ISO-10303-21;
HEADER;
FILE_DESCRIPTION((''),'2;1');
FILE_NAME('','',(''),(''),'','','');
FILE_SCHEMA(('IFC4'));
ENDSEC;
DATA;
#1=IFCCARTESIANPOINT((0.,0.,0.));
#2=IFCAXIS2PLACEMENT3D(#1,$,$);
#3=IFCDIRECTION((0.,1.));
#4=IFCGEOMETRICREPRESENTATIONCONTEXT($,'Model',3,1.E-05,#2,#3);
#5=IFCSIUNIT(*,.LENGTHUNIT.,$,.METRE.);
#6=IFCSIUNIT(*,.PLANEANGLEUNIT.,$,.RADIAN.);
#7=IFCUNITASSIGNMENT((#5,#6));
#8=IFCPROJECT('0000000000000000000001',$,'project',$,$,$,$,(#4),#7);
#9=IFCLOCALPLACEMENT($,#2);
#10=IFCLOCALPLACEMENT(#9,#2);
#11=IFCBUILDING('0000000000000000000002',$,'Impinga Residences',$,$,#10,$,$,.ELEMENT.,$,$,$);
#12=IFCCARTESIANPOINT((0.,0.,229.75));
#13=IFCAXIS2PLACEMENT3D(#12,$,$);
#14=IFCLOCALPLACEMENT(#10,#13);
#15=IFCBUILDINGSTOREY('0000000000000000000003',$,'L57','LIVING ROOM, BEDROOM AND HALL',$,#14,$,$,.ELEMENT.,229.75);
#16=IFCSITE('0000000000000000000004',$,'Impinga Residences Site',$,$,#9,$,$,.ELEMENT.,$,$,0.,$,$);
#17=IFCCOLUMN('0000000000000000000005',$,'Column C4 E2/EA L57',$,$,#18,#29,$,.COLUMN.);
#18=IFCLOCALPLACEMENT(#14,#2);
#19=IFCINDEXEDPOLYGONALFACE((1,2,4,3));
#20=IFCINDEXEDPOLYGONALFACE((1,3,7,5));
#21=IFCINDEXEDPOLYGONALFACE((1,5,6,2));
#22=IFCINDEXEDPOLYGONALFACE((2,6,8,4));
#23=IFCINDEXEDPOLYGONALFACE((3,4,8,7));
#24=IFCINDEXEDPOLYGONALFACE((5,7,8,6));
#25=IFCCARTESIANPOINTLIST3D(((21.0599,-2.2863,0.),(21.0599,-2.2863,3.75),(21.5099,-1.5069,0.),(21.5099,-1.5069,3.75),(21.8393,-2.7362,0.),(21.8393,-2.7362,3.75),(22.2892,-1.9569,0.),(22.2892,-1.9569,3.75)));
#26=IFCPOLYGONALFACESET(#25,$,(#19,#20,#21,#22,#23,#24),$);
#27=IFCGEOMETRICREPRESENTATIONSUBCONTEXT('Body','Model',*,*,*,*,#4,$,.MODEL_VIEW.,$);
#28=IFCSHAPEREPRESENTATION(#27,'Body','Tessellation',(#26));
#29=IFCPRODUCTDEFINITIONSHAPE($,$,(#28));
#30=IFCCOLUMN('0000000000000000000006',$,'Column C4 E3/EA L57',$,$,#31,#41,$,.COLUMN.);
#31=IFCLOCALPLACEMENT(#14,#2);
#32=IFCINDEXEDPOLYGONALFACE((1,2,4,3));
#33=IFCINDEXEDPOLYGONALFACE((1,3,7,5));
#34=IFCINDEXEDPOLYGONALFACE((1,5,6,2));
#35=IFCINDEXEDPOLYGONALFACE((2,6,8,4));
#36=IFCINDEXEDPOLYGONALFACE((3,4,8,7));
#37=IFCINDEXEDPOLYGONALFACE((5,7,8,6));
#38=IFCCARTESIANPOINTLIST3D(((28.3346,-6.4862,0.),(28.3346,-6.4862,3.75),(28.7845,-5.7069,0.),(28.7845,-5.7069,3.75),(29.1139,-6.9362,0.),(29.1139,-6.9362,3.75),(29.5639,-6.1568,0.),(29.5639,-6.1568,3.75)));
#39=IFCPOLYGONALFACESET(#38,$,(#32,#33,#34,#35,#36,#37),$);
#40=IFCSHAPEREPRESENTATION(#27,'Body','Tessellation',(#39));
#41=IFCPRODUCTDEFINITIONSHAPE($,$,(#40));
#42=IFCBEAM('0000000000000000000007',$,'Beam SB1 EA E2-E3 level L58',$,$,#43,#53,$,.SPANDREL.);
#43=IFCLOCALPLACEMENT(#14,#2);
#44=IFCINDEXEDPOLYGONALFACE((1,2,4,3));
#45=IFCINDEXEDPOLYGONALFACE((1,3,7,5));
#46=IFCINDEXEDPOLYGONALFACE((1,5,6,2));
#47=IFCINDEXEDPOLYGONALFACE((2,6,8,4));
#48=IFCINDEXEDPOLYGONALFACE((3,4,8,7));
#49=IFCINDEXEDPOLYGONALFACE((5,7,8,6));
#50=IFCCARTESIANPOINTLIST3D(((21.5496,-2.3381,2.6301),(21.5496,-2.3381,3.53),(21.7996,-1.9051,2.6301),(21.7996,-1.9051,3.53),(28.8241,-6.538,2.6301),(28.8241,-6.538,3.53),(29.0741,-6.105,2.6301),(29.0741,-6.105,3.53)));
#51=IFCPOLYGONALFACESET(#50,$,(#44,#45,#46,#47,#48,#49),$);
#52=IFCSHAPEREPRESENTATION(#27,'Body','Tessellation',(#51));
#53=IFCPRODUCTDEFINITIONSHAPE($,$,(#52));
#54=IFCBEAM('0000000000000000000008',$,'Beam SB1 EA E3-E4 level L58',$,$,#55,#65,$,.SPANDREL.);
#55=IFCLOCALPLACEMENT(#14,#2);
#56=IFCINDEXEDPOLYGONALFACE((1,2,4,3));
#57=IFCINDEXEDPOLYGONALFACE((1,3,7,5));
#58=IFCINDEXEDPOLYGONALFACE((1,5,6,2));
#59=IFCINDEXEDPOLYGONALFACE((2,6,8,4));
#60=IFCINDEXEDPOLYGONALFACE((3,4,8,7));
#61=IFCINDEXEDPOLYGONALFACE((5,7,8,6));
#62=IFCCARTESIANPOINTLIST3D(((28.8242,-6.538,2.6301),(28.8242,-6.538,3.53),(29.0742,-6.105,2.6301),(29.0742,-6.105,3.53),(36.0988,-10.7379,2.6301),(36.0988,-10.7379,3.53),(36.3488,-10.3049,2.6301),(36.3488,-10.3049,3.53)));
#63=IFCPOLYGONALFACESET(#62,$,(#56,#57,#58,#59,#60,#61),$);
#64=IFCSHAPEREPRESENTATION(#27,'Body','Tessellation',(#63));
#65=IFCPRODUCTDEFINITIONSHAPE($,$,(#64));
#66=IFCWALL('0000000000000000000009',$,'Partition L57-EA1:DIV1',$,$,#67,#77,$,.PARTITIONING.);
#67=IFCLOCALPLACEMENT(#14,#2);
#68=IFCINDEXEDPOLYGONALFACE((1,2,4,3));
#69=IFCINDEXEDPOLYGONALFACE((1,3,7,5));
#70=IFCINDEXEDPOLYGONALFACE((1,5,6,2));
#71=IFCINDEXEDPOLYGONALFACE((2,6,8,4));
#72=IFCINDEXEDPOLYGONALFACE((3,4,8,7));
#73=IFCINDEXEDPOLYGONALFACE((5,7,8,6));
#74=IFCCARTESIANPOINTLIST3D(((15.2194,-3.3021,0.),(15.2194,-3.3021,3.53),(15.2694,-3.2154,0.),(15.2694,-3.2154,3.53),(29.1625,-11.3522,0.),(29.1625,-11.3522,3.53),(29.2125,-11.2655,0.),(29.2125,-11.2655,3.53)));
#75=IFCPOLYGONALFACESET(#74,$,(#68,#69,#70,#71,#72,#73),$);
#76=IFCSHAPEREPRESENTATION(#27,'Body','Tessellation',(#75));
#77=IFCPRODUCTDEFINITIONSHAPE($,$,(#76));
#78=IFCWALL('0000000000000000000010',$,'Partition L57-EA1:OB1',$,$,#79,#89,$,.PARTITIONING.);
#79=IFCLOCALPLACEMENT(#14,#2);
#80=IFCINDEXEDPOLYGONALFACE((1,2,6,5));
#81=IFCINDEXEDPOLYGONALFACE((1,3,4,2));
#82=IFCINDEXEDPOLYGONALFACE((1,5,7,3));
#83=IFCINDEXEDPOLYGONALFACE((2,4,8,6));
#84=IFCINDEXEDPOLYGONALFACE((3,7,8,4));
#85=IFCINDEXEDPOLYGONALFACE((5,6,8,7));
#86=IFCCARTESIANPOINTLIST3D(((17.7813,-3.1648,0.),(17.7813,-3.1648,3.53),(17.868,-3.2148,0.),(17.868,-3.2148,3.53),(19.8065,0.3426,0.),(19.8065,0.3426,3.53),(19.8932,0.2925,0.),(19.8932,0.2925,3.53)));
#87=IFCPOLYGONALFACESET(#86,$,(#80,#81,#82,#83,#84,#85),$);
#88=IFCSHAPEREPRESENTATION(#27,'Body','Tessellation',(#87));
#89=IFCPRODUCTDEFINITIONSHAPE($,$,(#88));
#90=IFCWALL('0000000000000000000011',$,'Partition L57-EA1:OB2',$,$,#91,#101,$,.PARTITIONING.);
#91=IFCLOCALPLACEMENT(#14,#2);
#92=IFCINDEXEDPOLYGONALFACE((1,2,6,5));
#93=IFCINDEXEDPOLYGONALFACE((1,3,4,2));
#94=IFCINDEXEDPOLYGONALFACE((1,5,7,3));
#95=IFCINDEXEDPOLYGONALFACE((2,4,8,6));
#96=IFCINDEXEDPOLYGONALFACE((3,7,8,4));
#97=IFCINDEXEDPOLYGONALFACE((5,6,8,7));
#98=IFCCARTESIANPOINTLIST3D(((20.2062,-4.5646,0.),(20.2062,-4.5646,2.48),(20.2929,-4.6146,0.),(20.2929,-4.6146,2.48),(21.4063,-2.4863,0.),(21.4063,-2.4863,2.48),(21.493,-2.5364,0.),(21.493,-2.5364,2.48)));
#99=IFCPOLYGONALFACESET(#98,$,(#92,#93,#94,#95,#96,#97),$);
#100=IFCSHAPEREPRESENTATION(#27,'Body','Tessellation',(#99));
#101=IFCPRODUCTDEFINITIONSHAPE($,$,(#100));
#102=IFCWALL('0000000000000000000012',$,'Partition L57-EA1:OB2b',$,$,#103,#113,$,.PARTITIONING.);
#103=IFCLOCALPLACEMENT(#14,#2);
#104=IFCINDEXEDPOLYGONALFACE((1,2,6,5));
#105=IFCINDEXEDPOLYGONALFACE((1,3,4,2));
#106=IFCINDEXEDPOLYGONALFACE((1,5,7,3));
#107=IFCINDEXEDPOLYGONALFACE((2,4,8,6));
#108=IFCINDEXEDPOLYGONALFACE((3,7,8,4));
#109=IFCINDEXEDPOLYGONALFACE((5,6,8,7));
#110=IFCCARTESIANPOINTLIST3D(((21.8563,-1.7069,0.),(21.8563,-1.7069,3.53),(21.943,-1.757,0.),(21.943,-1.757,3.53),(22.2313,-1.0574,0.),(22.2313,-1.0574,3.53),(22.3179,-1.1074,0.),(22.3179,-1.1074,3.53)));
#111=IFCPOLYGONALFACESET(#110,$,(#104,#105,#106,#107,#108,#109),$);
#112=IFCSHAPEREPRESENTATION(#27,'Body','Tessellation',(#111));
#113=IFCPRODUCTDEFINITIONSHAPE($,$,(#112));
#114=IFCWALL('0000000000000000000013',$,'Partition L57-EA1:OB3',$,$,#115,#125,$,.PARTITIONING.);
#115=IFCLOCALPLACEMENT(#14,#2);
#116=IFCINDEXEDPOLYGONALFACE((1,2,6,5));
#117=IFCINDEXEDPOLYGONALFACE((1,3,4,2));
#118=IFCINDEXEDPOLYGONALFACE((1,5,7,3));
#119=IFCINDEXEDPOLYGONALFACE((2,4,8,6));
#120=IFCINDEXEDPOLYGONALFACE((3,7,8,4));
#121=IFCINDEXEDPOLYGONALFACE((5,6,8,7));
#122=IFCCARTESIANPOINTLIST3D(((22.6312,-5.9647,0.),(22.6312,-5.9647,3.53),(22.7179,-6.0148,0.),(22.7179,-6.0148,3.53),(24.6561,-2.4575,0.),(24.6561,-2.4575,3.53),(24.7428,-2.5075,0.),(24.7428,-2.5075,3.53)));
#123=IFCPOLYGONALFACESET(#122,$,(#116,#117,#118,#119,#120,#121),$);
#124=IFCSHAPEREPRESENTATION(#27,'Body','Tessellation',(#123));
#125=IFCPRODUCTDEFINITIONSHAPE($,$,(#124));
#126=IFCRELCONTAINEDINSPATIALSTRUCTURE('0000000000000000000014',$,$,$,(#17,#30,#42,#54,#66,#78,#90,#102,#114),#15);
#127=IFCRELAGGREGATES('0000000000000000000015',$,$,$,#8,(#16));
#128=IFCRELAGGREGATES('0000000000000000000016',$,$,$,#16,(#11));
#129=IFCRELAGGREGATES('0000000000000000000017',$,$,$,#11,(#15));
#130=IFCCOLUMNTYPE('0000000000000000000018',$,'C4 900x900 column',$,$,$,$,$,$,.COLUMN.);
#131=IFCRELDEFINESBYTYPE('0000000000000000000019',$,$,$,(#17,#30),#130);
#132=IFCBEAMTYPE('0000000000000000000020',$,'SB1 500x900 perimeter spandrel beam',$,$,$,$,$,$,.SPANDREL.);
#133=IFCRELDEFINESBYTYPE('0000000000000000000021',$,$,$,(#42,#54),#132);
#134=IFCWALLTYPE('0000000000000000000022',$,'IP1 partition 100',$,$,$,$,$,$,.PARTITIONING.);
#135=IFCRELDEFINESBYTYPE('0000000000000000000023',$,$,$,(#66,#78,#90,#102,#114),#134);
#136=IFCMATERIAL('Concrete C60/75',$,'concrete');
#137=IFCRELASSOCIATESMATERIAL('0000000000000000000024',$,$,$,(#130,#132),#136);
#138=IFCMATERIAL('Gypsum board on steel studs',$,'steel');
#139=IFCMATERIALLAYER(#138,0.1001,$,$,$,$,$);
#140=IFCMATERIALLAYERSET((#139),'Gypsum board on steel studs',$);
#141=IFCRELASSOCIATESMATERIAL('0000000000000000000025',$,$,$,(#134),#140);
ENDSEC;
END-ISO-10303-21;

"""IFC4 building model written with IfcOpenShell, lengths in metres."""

from ifc_helpers import new_model, si_unit, direction, frame, frame_2d, origin, origin_2d, place, context, subcontext, project, spatial, rectangle, extrude, material, layer, layer_set, material_profile, profile_set, type_object, element, save


model = new_model("IFC4")

# Units and contexts
model_context = context("Model", 3, precision=1e-05, world=origin(), true_north=direction((0.0, 1.0)))
body_context = subcontext(model_context, "Body", "Model", "MODEL_VIEW")
ifc_project = project(units=[si_unit("LENGTHUNIT", "METRE"), si_unit("PLANEANGLEUNIT", "RADIAN")], contexts=[model_context])

# Site, building, storey
site_placement = place(None, origin())
site = spatial("IfcSite", under=ifc_project, at=site_placement, Name="Impinga Residences Site", CompositionType="ELEMENT", RefElevation=0.0)
building_placement = place(site_placement, origin())
building = spatial("IfcBuilding", under=site, at=building_placement, Name="Impinga Residences", CompositionType="ELEMENT")
storey_placement = place(building_placement, frame((0.0, 0.0, 229.75)))
storey = spatial("IfcBuildingStorey", under=building, at=storey_placement, Name="L57", Description="LIVING ROOM, BEDROOM AND HALL", CompositionType="ELEMENT", Elevation=229.75)

# Columns
ifc_material_1 = material(Name="Concrete C60/75", Category="concrete")
ifc_material_profile_1 = material_profile(ifc_material_1, rectangle(XDim=0.8999, YDim=0.8999, at=origin_2d()), Name="RC 900x900")
ifc_profile_set_1 = profile_set([ifc_material_profile_1], Name="Concrete C60/75")
column_type = type_object("IfcColumnType", Name="C4 900x900 column", PredefinedType="COLUMN", material=ifc_profile_set_1)
for number, where, z_axis, x_axis, name in (
    (1, (21.6746, -2.1216, 0.0), (0.0, 0.0, 1.0), (-0.5, -0.866025, 0.0), "Column C4 E2/EA L57"),
    (2, (28.9492, -6.3215, 0.0), (0.0, 0.0, 1.0), (-0.5, -0.866025, 0.0), "Column C4 E3/EA L57"),
):
    element("IfcColumn", number, at=place(storey_placement, frame(where, z_axis=z_axis, x_axis=x_axis)), inside=storey, type_object=column_type, Name=name, PredefinedType="COLUMN", context=body_context, shape_type="SweptSolid", body=[
        extrude(rectangle(XDim=0.8999, YDim=0.8999, at=origin_2d()), origin(), (0.0, 0.0, 1.0), 3.75),
    ])

# Beams
ifc_material_profile_2 = material_profile(ifc_material_1, rectangle(XDim=0.5, YDim=0.8999, at=origin_2d()), Name="RC 500x900")
ifc_profile_set_2 = profile_set([ifc_material_profile_2], Name="Concrete C60/75")
beam_type = type_object("IfcBeamType", Name="SB1 500x900 perimeter spandrel beam", PredefinedType="SPANDREL", material=ifc_profile_set_2)
for number, where, z_axis, x_axis, name in (
    (3, (21.6746, -2.1216, 3.0801), (0.866029, -0.499993, 0.0), (0.499993, 0.866029, 0.0), "Beam SB1 EA E2-E3 level L58"),
    (4, (28.9492, -6.3215, 3.0801), (0.866029, -0.499993, 0.0), (0.499993, 0.866029, 0.0), "Beam SB1 EA E3-E4 level L58"),
):
    element("IfcBeam", number, at=place(storey_placement, frame(where, z_axis=z_axis, x_axis=x_axis)), inside=storey, type_object=beam_type, Name=name, PredefinedType="SPANDREL", context=body_context, shape_type="SweptSolid", body=[
        extrude(rectangle(XDim=0.5, YDim=0.8999, at=origin_2d()), origin(), (0.0, 0.0, 1.0), 8.3999),
    ])

# Walls
ifc_material_2 = material(Name="Gypsum board on steel studs", Category="steel")
ifc_layer = layer(ifc_material_2, 0.1001)
ifc_layer_set = layer_set([ifc_layer], Name="Gypsum board on steel studs")
wall_type = type_object("IfcWallType", Name="IP1 partition 100", PredefinedType="PARTITIONING", material=ifc_layer_set)
wall_1_placement = place(storey_placement, frame((15.2444, -3.2588, 0.0), z_axis=(0.0, 0.0, 1.0), x_axis=(0.866026, -0.499999, 0.0)))
element("IfcWall", 5, at=wall_1_placement, inside=storey, type_object=wall_type, Name="Partition L57-EA1:DIV1", PredefinedType="PARTITIONING", context=body_context, shape_type="SweptSolid", body=[
    extrude(rectangle(XDim=16.1001, YDim=0.1001, at=frame_2d((8.05, 0.0))), origin(), (0.0, 0.0, 1.0), 3.53),
])
wall_2_placement = place(storey_placement, frame((17.8247, -3.1897, 0.0), z_axis=(0.0, 0.0, 1.0), x_axis=(0.500036, 0.866005, 0.0)))
element("IfcWall", 6, at=wall_2_placement, inside=storey, type_object=wall_type, Name="Partition L57-EA1:OB1", PredefinedType="PARTITIONING", context=body_context, shape_type="SweptSolid", body=[
    extrude(rectangle(XDim=4.05, YDim=0.1001, at=frame_2d((2.0249, 0.0))), origin(), (0.0, 0.0, 1.0), 3.53),
])
wall_3_placement = place(storey_placement, frame((20.2495, -4.5896, 0.0), z_axis=(0.0, 0.0, 1.0), x_axis=(0.500078, 0.865981, 0.0)))
element("IfcWall", 7, at=wall_3_placement, inside=storey, type_object=wall_type, Name="Partition L57-EA1:OB2", PredefinedType="PARTITIONING", context=body_context, shape_type="SweptSolid", body=[
    extrude(rectangle(XDim=2.3999, YDim=0.1001, at=frame_2d((1.2, 0.0))), origin(), (0.0, 0.0, 1.0), 2.48),
])
wall_4_placement = place(storey_placement, frame((21.8997, -1.7319, 0.0), z_axis=(0.0, 0.0, 1.0), x_axis=(0.49992, 0.866072, 0.0)))
element("IfcWall", 8, at=wall_4_placement, inside=storey, type_object=wall_type, Name="Partition L57-EA1:OB2b", PredefinedType="PARTITIONING", context=body_context, shape_type="SweptSolid", body=[
    extrude(rectangle(XDim=0.75, YDim=0.1001, at=frame_2d((0.375, 0.0))), origin(), (0.0, 0.0, 1.0), 3.53),
])
wall_5_placement = place(storey_placement, frame((22.6746, -5.9897, 0.0), z_axis=(0.0, 0.0, 1.0), x_axis=(0.49999, 0.866031, 0.0)))
element("IfcWall", 9, at=wall_5_placement, inside=storey, type_object=wall_type, Name="Partition L57-EA1:OB3", PredefinedType="PARTITIONING", context=body_context, shape_type="SweptSolid", body=[
    extrude(rectangle(XDim=4.0498, YDim=0.1001, at=frame_2d((2.0249, 0.0))), origin(), (0.0, 0.0, 1.0), 3.53),
])

save(model, "model.ifc")
